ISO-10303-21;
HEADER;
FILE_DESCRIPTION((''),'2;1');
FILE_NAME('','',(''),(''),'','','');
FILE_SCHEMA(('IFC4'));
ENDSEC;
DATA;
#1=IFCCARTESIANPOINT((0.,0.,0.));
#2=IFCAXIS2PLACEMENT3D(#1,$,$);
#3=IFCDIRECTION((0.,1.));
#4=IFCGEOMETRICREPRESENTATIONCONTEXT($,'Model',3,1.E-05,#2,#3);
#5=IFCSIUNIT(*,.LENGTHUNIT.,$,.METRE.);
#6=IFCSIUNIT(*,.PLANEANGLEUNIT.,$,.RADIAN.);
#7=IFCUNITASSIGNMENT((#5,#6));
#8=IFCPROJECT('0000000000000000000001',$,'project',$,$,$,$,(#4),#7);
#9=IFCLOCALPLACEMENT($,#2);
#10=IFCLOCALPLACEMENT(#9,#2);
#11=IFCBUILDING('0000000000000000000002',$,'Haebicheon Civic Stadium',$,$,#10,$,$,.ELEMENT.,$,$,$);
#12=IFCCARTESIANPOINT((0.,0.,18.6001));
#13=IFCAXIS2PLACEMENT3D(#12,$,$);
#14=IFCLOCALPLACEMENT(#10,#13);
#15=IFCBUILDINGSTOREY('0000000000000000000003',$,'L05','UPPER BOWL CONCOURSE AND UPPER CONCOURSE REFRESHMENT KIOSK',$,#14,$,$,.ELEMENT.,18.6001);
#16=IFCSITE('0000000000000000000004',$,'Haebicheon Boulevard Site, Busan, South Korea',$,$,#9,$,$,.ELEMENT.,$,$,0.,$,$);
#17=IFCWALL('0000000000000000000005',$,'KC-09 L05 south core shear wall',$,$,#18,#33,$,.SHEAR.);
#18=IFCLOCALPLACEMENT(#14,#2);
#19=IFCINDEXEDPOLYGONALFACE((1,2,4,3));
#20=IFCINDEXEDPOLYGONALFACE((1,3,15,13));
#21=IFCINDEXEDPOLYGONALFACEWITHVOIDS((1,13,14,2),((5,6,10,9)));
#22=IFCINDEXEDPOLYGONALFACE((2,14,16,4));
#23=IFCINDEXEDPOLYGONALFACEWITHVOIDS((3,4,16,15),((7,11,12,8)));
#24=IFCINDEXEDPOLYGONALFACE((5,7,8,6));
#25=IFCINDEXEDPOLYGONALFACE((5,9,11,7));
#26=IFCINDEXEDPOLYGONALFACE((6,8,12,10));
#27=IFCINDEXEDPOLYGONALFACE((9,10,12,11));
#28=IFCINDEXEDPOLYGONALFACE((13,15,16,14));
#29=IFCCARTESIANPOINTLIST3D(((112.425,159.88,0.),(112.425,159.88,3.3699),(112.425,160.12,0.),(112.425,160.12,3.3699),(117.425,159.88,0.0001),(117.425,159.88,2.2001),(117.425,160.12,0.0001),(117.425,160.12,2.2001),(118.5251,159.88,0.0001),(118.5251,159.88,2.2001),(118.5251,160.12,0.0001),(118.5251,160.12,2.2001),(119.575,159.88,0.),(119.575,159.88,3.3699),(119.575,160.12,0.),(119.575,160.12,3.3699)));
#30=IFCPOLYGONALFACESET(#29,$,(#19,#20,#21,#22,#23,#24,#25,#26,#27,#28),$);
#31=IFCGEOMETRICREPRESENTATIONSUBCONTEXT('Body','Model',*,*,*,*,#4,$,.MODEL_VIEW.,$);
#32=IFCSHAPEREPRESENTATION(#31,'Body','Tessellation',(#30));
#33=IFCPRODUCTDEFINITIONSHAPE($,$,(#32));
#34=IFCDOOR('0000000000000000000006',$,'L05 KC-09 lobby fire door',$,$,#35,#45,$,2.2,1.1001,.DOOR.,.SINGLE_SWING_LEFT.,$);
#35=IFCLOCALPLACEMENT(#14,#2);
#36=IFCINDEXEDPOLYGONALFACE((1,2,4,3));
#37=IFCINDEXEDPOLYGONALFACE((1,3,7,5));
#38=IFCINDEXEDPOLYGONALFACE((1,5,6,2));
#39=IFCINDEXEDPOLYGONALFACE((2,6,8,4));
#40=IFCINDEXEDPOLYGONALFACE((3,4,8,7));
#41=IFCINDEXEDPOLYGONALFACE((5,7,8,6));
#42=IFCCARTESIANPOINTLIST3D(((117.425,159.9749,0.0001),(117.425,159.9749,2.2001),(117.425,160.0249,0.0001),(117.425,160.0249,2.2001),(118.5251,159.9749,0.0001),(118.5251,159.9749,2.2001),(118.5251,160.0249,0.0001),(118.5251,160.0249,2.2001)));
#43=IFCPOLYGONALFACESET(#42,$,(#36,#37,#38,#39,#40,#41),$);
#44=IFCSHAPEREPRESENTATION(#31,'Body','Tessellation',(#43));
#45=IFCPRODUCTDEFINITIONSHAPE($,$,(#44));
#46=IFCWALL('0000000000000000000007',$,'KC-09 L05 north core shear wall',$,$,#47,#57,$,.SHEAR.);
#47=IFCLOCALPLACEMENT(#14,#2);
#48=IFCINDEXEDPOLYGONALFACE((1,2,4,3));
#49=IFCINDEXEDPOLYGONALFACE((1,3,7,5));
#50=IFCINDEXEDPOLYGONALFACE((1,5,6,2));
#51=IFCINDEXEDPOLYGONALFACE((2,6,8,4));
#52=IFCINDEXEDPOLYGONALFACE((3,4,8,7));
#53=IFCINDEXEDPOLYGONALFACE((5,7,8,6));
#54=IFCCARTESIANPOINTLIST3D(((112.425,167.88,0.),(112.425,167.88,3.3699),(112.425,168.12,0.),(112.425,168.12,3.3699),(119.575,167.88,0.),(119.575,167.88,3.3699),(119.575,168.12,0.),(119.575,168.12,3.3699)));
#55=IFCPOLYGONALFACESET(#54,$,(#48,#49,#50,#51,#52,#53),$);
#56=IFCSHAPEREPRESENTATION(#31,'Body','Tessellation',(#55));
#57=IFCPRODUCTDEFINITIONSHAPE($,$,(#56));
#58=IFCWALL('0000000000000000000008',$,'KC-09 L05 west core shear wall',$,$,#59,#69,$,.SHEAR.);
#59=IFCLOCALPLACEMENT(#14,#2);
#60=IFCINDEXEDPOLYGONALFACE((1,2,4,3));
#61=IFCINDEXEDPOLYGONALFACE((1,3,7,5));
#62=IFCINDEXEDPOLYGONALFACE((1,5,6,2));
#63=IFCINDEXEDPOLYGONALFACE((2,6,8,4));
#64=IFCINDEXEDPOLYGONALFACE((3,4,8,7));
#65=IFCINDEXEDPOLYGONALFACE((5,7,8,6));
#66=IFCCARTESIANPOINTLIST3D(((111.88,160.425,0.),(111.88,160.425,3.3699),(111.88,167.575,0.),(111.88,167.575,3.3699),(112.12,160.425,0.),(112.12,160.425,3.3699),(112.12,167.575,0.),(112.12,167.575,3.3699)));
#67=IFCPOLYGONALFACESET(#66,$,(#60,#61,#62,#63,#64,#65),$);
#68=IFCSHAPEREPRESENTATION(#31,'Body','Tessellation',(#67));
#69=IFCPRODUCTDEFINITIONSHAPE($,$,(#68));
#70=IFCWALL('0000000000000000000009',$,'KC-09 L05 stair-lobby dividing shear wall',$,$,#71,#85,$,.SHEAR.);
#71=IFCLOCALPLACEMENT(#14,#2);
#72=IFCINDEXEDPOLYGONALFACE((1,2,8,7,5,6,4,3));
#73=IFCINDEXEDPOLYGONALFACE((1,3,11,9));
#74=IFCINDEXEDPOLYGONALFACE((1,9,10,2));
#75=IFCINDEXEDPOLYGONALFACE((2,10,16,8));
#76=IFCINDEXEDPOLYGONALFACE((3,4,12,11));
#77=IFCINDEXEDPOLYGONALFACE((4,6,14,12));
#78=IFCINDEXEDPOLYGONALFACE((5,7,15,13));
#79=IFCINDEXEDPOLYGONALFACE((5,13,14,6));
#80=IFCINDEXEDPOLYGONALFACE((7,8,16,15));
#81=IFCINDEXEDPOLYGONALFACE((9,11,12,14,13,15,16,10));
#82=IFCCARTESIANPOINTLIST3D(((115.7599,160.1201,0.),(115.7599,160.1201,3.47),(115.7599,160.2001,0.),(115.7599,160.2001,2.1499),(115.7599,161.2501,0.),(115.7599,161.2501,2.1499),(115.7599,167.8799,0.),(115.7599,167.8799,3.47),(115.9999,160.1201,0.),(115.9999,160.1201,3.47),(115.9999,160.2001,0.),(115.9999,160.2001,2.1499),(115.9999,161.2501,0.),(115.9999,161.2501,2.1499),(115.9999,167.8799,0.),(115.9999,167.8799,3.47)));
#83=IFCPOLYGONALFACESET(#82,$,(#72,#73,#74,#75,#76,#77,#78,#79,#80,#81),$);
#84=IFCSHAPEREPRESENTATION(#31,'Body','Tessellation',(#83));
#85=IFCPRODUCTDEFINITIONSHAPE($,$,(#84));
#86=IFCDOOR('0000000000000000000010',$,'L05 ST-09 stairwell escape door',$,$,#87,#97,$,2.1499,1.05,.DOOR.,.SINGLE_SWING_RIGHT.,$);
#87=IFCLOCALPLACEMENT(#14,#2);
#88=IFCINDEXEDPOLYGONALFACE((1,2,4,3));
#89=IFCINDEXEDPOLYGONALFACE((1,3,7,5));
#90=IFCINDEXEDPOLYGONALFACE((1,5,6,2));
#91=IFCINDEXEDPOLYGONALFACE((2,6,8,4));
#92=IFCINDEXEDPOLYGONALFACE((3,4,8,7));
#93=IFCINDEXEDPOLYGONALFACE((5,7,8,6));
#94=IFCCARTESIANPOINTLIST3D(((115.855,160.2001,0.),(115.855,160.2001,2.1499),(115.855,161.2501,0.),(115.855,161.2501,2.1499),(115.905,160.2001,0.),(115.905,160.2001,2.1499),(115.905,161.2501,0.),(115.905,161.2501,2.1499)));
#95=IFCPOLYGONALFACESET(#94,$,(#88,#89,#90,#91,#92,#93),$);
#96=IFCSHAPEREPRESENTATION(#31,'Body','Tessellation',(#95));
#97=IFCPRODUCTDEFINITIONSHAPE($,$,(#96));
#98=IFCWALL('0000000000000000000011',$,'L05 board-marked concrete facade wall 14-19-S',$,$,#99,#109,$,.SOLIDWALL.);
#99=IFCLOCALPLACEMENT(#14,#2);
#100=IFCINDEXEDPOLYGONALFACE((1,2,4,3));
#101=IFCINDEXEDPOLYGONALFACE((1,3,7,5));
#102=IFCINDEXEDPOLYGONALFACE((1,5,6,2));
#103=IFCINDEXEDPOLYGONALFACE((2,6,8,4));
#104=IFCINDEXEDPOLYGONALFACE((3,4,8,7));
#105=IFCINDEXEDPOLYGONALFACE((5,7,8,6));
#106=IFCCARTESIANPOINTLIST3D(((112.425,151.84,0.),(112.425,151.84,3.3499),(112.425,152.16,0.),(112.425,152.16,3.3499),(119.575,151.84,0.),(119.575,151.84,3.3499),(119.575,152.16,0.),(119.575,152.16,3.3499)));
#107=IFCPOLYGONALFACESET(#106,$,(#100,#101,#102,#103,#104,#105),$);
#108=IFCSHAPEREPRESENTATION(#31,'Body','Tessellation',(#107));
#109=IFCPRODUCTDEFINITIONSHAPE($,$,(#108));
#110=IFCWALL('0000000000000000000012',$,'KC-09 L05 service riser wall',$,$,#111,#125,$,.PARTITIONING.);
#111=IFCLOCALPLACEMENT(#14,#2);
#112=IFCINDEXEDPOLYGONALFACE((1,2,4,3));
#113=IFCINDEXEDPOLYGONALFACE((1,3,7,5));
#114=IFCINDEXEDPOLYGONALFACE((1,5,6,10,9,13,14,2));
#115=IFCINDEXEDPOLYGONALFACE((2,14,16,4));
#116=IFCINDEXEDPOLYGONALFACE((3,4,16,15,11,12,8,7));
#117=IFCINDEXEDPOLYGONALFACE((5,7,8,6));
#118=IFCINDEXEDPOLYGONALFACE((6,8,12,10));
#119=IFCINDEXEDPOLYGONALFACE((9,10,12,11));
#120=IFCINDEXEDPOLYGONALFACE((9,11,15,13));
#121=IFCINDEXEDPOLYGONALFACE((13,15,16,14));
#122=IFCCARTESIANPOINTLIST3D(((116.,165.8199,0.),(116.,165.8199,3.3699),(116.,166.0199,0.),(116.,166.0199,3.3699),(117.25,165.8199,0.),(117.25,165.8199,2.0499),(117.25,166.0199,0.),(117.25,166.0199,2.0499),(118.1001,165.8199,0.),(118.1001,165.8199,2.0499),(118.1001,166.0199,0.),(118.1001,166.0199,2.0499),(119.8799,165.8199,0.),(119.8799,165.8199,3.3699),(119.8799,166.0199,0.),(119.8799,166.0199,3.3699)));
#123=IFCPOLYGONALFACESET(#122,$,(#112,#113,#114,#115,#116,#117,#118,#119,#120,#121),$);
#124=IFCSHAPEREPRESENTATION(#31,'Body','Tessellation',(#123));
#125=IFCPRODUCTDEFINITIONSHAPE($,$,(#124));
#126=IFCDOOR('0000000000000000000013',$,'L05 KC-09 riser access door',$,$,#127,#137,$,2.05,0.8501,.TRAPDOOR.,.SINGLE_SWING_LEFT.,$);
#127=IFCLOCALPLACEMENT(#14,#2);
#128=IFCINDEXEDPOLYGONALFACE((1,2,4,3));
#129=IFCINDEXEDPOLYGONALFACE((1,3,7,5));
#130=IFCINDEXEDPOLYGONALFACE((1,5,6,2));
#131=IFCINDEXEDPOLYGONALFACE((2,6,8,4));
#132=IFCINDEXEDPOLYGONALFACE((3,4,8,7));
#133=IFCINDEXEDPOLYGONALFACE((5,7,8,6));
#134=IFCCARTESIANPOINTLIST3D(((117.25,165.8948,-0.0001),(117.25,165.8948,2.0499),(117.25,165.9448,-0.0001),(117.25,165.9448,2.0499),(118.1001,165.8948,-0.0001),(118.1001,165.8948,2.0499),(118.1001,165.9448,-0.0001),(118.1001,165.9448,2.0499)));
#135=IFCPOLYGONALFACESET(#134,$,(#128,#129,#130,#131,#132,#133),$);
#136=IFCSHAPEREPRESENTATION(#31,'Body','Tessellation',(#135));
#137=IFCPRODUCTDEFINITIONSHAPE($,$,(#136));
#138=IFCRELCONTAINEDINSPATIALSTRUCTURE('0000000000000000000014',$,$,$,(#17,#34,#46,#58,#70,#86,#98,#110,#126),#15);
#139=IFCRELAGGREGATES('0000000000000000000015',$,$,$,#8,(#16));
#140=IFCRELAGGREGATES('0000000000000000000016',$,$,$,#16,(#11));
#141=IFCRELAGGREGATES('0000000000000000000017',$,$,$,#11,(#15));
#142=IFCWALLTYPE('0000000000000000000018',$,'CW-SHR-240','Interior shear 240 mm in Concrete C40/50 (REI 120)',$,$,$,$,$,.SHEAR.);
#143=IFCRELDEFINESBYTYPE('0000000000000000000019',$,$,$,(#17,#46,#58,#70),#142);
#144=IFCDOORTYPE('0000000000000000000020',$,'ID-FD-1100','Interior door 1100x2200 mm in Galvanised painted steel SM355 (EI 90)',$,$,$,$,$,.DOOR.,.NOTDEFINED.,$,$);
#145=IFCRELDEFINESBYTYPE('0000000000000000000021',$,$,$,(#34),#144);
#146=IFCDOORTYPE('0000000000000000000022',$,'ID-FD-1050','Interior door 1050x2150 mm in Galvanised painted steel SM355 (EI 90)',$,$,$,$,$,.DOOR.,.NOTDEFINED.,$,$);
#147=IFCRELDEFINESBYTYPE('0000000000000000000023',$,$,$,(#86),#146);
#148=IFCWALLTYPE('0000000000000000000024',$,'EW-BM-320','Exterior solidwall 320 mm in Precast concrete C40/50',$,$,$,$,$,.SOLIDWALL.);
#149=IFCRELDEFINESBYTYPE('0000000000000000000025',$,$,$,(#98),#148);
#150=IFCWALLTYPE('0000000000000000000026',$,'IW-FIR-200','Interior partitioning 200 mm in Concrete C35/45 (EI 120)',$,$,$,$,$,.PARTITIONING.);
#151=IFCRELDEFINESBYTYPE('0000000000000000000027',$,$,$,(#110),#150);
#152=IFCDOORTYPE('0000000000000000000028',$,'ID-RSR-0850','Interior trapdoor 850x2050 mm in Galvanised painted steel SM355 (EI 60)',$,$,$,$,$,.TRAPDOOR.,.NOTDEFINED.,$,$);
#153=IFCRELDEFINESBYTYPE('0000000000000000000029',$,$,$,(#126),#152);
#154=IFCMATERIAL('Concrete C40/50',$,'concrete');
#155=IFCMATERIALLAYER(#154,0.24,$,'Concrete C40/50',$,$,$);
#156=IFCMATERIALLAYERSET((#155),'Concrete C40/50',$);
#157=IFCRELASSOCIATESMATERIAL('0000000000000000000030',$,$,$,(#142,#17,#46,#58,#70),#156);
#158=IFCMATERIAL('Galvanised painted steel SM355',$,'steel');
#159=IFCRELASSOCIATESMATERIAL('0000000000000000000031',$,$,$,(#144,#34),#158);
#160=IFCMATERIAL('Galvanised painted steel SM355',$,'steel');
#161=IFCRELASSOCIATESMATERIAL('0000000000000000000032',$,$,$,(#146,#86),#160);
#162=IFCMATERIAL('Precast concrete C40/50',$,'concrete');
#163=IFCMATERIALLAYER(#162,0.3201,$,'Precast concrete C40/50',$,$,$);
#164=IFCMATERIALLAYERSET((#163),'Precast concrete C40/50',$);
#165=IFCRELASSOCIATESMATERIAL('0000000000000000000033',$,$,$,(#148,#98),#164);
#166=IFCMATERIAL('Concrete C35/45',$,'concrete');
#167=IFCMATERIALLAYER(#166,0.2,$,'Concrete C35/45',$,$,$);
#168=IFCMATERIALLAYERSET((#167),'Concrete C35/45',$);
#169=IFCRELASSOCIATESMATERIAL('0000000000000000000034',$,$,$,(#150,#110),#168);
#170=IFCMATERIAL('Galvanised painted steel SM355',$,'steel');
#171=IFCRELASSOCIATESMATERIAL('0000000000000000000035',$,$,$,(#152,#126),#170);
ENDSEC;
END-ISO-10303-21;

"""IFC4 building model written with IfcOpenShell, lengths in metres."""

from ifc_helpers import new_model, si_unit, direction, frame, frame_2d, origin, place, context, subcontext, project, spatial, rectangle, extrude, material, layer, layer_set, type_object, element, fill, save


model = new_model("IFC4")

# Units and contexts
model_context = context("Model", 3, precision=1e-05, world=origin(), true_north=direction((0.0, 1.0)))
body_context = subcontext(model_context, "Body", "Model", "MODEL_VIEW")
ifc_project = project(units=[si_unit("LENGTHUNIT", "METRE"), si_unit("PLANEANGLEUNIT", "RADIAN")], contexts=[model_context])

# Site, building, storey
site_placement = place(None, origin())
site = spatial("IfcSite", under=ifc_project, at=site_placement, Name="Haebicheon Boulevard Site, Busan, South Korea", CompositionType="ELEMENT", RefElevation=0.0)
building_placement = place(site_placement, origin())
building = spatial("IfcBuilding", under=site, at=building_placement, Name="Haebicheon Civic Stadium", CompositionType="ELEMENT")
storey_placement = place(building_placement, frame((0.0, 0.0, 18.6001)))
storey = spatial("IfcBuildingStorey", under=building, at=storey_placement, Name="L05", Description="UPPER BOWL CONCOURSE AND UPPER CONCOURSE REFRESHMENT KIOSK", CompositionType="ELEMENT", Elevation=18.6001)

# Wall, opening, door
ifc_material_1 = material(Name="Concrete C40/50", Category="concrete")
ifc_layer_1 = layer(ifc_material_1, 0.24, Name="Concrete C40/50")
ifc_layer_set_1 = layer_set([ifc_layer_1], Name="Concrete C40/50")
wall_type_1 = type_object("IfcWallType", Name="CW-SHR-240", Description="Interior shear 240 mm in Concrete C40/50 (REI 120)", PredefinedType="SHEAR", material=ifc_layer_set_1)
wall_1_placement = place(storey_placement, frame((112.425, 160.0, 0.0), z_axis=(0.0, 0.0, 1.0), x_axis=(1.0, 0.0, 0.0)))
wall_1 = element("IfcWall", 1, at=wall_1_placement, inside=storey, type_object=wall_type_1, material=ifc_layer_set_1, Name="KC-09 L05 south core shear wall", PredefinedType="SHEAR", context=body_context, shape_type="SweptSolid", body=[
    extrude(rectangle(XDim=7.1499, YDim=0.24, at=frame_2d((3.575, 0.0))), origin(), (0.0, 0.0, 1.0), 3.3699),
])
opening_1_placement = place(wall_1_placement, frame((5.0, 0.0, 0.0)))
opening_1 = element("IfcOpeningElement", 2, at=opening_1_placement, cuts=wall_1, PredefinedType="OPENING", context=body_context, shape_type="SweptSolid", body=[
    extrude(rectangle(XDim=1.1001, YDim=2.2, at=frame_2d((0.55, 1.1001))), frame((0.0, 0.1299, 0.0), z_axis=(0.0, -1.0, 0.0), x_axis=(1.0, 0.0, 0.0)), (0.0, 0.0, 1.0), 0.26),
])
ifc_material_2 = material(Name="Galvanised painted steel SM355", Category="steel")
door_type_1 = type_object("IfcDoorType", Name="ID-FD-1100", Description="Interior door 1100x2200 mm in Galvanised painted steel SM355 (EI 90)", OperationType="NOTDEFINED", PredefinedType="DOOR", material=ifc_material_2)
door_1_placement = place(opening_1_placement, origin())
door_1 = element("IfcDoor", 3, at=door_1_placement, inside=storey, type_object=door_type_1, material=ifc_material_2, Name="L05 KC-09 lobby fire door", OperationType="SINGLE_SWING_LEFT", OverallHeight=2.2, OverallWidth=1.1001, PredefinedType="DOOR", context=body_context, shape_type="SweptSolid", body=[
    extrude(rectangle(XDim=1.1001, YDim=2.2, at=frame_2d((0.55, 1.1001))), frame((0.0, 0.0249, 0.0), z_axis=(0.0, -1.0, 0.0), x_axis=(1.0, 0.0, 0.0)), (0.0, 0.0, 1.0), 0.05),
])
fill(opening_1, door_1)

# Walls
for number, where, z_axis, x_axis, name in (
    (4, (112.425, 168.0, 0.0), (0.0, 0.0, 1.0), (1.0, 0.0, 0.0), "KC-09 L05 north core shear wall"),
    (5, (112.0, 160.425, 0.0), (0.0, 0.0, 1.0), (0.0, 1.0, 0.0), "KC-09 L05 west core shear wall"),
):
    element("IfcWall", number, at=place(storey_placement, frame(where, z_axis=z_axis, x_axis=x_axis)), inside=storey, type_object=wall_type_1, material=ifc_layer_set_1, Name=name, PredefinedType="SHEAR", context=body_context, shape_type="SweptSolid", body=[
        extrude(rectangle(XDim=7.1499, YDim=0.24, at=frame_2d((3.575, 0.0))), origin(), (0.0, 0.0, 1.0), 3.3699),
    ])

# Wall, opening, door
wall_2_placement = place(storey_placement, frame((115.8799, 160.1201, 0.0), z_axis=(0.0, 0.0, 1.0), x_axis=(0.0, 1.0, 0.0)))
wall_2 = element("IfcWall", 6, at=wall_2_placement, inside=storey, type_object=wall_type_1, material=ifc_layer_set_1, Name="KC-09 L05 stair-lobby dividing shear wall", PredefinedType="SHEAR", context=body_context, shape_type="SweptSolid", body=[
    extrude(rectangle(XDim=7.7598, YDim=0.24, at=frame_2d((3.8799, 0.0))), origin(), (0.0, 0.0, 1.0), 3.47),
])
opening_2_placement = place(wall_2_placement, frame((0.0801, 0.0, 0.0)))
opening_2 = element("IfcOpeningElement", 7, at=opening_2_placement, cuts=wall_2, PredefinedType="OPENING", context=body_context, shape_type="SweptSolid", body=[
    extrude(rectangle(XDim=1.05, YDim=2.1499, at=frame_2d((0.5249, 1.075))), frame((0.0, 0.1299, 0.0), z_axis=(0.0, -1.0, 0.0), x_axis=(1.0, 0.0, 0.0)), (0.0, 0.0, 1.0), 0.26),
])
ifc_material_3 = material(Name="Galvanised painted steel SM355", Category="steel")
door_type_2 = type_object("IfcDoorType", Name="ID-FD-1050", Description="Interior door 1050x2150 mm in Galvanised painted steel SM355 (EI 90)", OperationType="NOTDEFINED", PredefinedType="DOOR", material=ifc_material_3)
door_2_placement = place(opening_2_placement, origin())
door_2 = element("IfcDoor", 8, at=door_2_placement, inside=storey, type_object=door_type_2, material=ifc_material_3, Name="L05 ST-09 stairwell escape door", OperationType="SINGLE_SWING_RIGHT", OverallHeight=2.1499, OverallWidth=1.05, PredefinedType="DOOR", context=body_context, shape_type="SweptSolid", body=[
    extrude(rectangle(XDim=1.05, YDim=2.1499, at=frame_2d((0.5249, 1.075))), frame((0.0, 0.0249, 0.0), z_axis=(0.0, -1.0, 0.0), x_axis=(1.0, 0.0, 0.0)), (0.0, 0.0, 1.0), 0.05),
])
fill(opening_2, door_2)

# Wall
ifc_material_4 = material(Name="Precast concrete C40/50", Category="concrete")
ifc_layer_2 = layer(ifc_material_4, 0.3201, Name="Precast concrete C40/50")
ifc_layer_set_2 = layer_set([ifc_layer_2], Name="Precast concrete C40/50")
wall_type_2 = type_object("IfcWallType", Name="EW-BM-320", Description="Exterior solidwall 320 mm in Precast concrete C40/50", PredefinedType="SOLIDWALL", material=ifc_layer_set_2)
wall_3_placement = place(storey_placement, frame((112.425, 152.0, 0.0), z_axis=(0.0, 0.0, 1.0), x_axis=(1.0, 0.0, 0.0)))
element("IfcWall", 9, at=wall_3_placement, inside=storey, type_object=wall_type_2, material=ifc_layer_set_2, Name="L05 board-marked concrete facade wall 14-19-S", PredefinedType="SOLIDWALL", context=body_context, shape_type="SweptSolid", body=[
    extrude(rectangle(XDim=7.1499, YDim=0.3201, at=frame_2d((3.575, 0.0))), origin(), (0.0, 0.0, 1.0), 3.3499),
])

# Wall, opening, door
ifc_material_5 = material(Name="Concrete C35/45", Category="concrete")
ifc_layer_3 = layer(ifc_material_5, 0.2, Name="Concrete C35/45")
ifc_layer_set_3 = layer_set([ifc_layer_3], Name="Concrete C35/45")
wall_type_3 = type_object("IfcWallType", Name="IW-FIR-200", Description="Interior partitioning 200 mm in Concrete C35/45 (EI 120)", PredefinedType="PARTITIONING", material=ifc_layer_set_3)
wall_4_placement = place(storey_placement, frame((116.0, 165.9199, 0.0), z_axis=(0.0, 0.0, 1.0), x_axis=(1.0, 0.0, 0.0)))
wall_4 = element("IfcWall", 10, at=wall_4_placement, inside=storey, type_object=wall_type_3, material=ifc_layer_set_3, Name="KC-09 L05 service riser wall", PredefinedType="PARTITIONING", context=body_context, shape_type="SweptSolid", body=[
    extrude(rectangle(XDim=3.8799, YDim=0.2, at=frame_2d((1.9399, 0.0))), origin(), (0.0, 0.0, 1.0), 3.3699),
])
opening_3_placement = place(wall_4_placement, frame((1.25, 0.0, 0.0)))
opening_3 = element("IfcOpeningElement", 11, at=opening_3_placement, cuts=wall_4, PredefinedType="OPENING", context=body_context, shape_type="SweptSolid", body=[
    extrude(rectangle(XDim=0.8501, YDim=2.05, at=frame_2d((0.425, 1.0249))), frame((0.0, 0.1099, 0.0), z_axis=(0.0, -1.0, 0.0), x_axis=(1.0, 0.0, 0.0)), (0.0, 0.0, 1.0), 0.22),
])
ifc_material_6 = material(Name="Galvanised painted steel SM355", Category="steel")
door_type_3 = type_object("IfcDoorType", Name="ID-RSR-0850", Description="Interior trapdoor 850x2050 mm in Galvanised painted steel SM355 (EI 60)", OperationType="NOTDEFINED", PredefinedType="TRAPDOOR", material=ifc_material_6)
door_3_placement = place(opening_3_placement, origin())
door_3 = element("IfcDoor", 12, at=door_3_placement, inside=storey, type_object=door_type_3, material=ifc_material_6, Name="L05 KC-09 riser access door", OperationType="SINGLE_SWING_LEFT", OverallHeight=2.05, OverallWidth=0.8501, PredefinedType="TRAPDOOR", context=body_context, shape_type="SweptSolid", body=[
    extrude(rectangle(XDim=0.8501, YDim=2.05, at=frame_2d((0.425, 1.0249))), frame((0.0, 0.0249, 0.0), z_axis=(0.0, -1.0, 0.0), x_axis=(1.0, 0.0, 0.0)), (0.0, 0.0, 1.0), 0.05),
])
fill(opening_3, door_3)

save(model, "model.ifc")
